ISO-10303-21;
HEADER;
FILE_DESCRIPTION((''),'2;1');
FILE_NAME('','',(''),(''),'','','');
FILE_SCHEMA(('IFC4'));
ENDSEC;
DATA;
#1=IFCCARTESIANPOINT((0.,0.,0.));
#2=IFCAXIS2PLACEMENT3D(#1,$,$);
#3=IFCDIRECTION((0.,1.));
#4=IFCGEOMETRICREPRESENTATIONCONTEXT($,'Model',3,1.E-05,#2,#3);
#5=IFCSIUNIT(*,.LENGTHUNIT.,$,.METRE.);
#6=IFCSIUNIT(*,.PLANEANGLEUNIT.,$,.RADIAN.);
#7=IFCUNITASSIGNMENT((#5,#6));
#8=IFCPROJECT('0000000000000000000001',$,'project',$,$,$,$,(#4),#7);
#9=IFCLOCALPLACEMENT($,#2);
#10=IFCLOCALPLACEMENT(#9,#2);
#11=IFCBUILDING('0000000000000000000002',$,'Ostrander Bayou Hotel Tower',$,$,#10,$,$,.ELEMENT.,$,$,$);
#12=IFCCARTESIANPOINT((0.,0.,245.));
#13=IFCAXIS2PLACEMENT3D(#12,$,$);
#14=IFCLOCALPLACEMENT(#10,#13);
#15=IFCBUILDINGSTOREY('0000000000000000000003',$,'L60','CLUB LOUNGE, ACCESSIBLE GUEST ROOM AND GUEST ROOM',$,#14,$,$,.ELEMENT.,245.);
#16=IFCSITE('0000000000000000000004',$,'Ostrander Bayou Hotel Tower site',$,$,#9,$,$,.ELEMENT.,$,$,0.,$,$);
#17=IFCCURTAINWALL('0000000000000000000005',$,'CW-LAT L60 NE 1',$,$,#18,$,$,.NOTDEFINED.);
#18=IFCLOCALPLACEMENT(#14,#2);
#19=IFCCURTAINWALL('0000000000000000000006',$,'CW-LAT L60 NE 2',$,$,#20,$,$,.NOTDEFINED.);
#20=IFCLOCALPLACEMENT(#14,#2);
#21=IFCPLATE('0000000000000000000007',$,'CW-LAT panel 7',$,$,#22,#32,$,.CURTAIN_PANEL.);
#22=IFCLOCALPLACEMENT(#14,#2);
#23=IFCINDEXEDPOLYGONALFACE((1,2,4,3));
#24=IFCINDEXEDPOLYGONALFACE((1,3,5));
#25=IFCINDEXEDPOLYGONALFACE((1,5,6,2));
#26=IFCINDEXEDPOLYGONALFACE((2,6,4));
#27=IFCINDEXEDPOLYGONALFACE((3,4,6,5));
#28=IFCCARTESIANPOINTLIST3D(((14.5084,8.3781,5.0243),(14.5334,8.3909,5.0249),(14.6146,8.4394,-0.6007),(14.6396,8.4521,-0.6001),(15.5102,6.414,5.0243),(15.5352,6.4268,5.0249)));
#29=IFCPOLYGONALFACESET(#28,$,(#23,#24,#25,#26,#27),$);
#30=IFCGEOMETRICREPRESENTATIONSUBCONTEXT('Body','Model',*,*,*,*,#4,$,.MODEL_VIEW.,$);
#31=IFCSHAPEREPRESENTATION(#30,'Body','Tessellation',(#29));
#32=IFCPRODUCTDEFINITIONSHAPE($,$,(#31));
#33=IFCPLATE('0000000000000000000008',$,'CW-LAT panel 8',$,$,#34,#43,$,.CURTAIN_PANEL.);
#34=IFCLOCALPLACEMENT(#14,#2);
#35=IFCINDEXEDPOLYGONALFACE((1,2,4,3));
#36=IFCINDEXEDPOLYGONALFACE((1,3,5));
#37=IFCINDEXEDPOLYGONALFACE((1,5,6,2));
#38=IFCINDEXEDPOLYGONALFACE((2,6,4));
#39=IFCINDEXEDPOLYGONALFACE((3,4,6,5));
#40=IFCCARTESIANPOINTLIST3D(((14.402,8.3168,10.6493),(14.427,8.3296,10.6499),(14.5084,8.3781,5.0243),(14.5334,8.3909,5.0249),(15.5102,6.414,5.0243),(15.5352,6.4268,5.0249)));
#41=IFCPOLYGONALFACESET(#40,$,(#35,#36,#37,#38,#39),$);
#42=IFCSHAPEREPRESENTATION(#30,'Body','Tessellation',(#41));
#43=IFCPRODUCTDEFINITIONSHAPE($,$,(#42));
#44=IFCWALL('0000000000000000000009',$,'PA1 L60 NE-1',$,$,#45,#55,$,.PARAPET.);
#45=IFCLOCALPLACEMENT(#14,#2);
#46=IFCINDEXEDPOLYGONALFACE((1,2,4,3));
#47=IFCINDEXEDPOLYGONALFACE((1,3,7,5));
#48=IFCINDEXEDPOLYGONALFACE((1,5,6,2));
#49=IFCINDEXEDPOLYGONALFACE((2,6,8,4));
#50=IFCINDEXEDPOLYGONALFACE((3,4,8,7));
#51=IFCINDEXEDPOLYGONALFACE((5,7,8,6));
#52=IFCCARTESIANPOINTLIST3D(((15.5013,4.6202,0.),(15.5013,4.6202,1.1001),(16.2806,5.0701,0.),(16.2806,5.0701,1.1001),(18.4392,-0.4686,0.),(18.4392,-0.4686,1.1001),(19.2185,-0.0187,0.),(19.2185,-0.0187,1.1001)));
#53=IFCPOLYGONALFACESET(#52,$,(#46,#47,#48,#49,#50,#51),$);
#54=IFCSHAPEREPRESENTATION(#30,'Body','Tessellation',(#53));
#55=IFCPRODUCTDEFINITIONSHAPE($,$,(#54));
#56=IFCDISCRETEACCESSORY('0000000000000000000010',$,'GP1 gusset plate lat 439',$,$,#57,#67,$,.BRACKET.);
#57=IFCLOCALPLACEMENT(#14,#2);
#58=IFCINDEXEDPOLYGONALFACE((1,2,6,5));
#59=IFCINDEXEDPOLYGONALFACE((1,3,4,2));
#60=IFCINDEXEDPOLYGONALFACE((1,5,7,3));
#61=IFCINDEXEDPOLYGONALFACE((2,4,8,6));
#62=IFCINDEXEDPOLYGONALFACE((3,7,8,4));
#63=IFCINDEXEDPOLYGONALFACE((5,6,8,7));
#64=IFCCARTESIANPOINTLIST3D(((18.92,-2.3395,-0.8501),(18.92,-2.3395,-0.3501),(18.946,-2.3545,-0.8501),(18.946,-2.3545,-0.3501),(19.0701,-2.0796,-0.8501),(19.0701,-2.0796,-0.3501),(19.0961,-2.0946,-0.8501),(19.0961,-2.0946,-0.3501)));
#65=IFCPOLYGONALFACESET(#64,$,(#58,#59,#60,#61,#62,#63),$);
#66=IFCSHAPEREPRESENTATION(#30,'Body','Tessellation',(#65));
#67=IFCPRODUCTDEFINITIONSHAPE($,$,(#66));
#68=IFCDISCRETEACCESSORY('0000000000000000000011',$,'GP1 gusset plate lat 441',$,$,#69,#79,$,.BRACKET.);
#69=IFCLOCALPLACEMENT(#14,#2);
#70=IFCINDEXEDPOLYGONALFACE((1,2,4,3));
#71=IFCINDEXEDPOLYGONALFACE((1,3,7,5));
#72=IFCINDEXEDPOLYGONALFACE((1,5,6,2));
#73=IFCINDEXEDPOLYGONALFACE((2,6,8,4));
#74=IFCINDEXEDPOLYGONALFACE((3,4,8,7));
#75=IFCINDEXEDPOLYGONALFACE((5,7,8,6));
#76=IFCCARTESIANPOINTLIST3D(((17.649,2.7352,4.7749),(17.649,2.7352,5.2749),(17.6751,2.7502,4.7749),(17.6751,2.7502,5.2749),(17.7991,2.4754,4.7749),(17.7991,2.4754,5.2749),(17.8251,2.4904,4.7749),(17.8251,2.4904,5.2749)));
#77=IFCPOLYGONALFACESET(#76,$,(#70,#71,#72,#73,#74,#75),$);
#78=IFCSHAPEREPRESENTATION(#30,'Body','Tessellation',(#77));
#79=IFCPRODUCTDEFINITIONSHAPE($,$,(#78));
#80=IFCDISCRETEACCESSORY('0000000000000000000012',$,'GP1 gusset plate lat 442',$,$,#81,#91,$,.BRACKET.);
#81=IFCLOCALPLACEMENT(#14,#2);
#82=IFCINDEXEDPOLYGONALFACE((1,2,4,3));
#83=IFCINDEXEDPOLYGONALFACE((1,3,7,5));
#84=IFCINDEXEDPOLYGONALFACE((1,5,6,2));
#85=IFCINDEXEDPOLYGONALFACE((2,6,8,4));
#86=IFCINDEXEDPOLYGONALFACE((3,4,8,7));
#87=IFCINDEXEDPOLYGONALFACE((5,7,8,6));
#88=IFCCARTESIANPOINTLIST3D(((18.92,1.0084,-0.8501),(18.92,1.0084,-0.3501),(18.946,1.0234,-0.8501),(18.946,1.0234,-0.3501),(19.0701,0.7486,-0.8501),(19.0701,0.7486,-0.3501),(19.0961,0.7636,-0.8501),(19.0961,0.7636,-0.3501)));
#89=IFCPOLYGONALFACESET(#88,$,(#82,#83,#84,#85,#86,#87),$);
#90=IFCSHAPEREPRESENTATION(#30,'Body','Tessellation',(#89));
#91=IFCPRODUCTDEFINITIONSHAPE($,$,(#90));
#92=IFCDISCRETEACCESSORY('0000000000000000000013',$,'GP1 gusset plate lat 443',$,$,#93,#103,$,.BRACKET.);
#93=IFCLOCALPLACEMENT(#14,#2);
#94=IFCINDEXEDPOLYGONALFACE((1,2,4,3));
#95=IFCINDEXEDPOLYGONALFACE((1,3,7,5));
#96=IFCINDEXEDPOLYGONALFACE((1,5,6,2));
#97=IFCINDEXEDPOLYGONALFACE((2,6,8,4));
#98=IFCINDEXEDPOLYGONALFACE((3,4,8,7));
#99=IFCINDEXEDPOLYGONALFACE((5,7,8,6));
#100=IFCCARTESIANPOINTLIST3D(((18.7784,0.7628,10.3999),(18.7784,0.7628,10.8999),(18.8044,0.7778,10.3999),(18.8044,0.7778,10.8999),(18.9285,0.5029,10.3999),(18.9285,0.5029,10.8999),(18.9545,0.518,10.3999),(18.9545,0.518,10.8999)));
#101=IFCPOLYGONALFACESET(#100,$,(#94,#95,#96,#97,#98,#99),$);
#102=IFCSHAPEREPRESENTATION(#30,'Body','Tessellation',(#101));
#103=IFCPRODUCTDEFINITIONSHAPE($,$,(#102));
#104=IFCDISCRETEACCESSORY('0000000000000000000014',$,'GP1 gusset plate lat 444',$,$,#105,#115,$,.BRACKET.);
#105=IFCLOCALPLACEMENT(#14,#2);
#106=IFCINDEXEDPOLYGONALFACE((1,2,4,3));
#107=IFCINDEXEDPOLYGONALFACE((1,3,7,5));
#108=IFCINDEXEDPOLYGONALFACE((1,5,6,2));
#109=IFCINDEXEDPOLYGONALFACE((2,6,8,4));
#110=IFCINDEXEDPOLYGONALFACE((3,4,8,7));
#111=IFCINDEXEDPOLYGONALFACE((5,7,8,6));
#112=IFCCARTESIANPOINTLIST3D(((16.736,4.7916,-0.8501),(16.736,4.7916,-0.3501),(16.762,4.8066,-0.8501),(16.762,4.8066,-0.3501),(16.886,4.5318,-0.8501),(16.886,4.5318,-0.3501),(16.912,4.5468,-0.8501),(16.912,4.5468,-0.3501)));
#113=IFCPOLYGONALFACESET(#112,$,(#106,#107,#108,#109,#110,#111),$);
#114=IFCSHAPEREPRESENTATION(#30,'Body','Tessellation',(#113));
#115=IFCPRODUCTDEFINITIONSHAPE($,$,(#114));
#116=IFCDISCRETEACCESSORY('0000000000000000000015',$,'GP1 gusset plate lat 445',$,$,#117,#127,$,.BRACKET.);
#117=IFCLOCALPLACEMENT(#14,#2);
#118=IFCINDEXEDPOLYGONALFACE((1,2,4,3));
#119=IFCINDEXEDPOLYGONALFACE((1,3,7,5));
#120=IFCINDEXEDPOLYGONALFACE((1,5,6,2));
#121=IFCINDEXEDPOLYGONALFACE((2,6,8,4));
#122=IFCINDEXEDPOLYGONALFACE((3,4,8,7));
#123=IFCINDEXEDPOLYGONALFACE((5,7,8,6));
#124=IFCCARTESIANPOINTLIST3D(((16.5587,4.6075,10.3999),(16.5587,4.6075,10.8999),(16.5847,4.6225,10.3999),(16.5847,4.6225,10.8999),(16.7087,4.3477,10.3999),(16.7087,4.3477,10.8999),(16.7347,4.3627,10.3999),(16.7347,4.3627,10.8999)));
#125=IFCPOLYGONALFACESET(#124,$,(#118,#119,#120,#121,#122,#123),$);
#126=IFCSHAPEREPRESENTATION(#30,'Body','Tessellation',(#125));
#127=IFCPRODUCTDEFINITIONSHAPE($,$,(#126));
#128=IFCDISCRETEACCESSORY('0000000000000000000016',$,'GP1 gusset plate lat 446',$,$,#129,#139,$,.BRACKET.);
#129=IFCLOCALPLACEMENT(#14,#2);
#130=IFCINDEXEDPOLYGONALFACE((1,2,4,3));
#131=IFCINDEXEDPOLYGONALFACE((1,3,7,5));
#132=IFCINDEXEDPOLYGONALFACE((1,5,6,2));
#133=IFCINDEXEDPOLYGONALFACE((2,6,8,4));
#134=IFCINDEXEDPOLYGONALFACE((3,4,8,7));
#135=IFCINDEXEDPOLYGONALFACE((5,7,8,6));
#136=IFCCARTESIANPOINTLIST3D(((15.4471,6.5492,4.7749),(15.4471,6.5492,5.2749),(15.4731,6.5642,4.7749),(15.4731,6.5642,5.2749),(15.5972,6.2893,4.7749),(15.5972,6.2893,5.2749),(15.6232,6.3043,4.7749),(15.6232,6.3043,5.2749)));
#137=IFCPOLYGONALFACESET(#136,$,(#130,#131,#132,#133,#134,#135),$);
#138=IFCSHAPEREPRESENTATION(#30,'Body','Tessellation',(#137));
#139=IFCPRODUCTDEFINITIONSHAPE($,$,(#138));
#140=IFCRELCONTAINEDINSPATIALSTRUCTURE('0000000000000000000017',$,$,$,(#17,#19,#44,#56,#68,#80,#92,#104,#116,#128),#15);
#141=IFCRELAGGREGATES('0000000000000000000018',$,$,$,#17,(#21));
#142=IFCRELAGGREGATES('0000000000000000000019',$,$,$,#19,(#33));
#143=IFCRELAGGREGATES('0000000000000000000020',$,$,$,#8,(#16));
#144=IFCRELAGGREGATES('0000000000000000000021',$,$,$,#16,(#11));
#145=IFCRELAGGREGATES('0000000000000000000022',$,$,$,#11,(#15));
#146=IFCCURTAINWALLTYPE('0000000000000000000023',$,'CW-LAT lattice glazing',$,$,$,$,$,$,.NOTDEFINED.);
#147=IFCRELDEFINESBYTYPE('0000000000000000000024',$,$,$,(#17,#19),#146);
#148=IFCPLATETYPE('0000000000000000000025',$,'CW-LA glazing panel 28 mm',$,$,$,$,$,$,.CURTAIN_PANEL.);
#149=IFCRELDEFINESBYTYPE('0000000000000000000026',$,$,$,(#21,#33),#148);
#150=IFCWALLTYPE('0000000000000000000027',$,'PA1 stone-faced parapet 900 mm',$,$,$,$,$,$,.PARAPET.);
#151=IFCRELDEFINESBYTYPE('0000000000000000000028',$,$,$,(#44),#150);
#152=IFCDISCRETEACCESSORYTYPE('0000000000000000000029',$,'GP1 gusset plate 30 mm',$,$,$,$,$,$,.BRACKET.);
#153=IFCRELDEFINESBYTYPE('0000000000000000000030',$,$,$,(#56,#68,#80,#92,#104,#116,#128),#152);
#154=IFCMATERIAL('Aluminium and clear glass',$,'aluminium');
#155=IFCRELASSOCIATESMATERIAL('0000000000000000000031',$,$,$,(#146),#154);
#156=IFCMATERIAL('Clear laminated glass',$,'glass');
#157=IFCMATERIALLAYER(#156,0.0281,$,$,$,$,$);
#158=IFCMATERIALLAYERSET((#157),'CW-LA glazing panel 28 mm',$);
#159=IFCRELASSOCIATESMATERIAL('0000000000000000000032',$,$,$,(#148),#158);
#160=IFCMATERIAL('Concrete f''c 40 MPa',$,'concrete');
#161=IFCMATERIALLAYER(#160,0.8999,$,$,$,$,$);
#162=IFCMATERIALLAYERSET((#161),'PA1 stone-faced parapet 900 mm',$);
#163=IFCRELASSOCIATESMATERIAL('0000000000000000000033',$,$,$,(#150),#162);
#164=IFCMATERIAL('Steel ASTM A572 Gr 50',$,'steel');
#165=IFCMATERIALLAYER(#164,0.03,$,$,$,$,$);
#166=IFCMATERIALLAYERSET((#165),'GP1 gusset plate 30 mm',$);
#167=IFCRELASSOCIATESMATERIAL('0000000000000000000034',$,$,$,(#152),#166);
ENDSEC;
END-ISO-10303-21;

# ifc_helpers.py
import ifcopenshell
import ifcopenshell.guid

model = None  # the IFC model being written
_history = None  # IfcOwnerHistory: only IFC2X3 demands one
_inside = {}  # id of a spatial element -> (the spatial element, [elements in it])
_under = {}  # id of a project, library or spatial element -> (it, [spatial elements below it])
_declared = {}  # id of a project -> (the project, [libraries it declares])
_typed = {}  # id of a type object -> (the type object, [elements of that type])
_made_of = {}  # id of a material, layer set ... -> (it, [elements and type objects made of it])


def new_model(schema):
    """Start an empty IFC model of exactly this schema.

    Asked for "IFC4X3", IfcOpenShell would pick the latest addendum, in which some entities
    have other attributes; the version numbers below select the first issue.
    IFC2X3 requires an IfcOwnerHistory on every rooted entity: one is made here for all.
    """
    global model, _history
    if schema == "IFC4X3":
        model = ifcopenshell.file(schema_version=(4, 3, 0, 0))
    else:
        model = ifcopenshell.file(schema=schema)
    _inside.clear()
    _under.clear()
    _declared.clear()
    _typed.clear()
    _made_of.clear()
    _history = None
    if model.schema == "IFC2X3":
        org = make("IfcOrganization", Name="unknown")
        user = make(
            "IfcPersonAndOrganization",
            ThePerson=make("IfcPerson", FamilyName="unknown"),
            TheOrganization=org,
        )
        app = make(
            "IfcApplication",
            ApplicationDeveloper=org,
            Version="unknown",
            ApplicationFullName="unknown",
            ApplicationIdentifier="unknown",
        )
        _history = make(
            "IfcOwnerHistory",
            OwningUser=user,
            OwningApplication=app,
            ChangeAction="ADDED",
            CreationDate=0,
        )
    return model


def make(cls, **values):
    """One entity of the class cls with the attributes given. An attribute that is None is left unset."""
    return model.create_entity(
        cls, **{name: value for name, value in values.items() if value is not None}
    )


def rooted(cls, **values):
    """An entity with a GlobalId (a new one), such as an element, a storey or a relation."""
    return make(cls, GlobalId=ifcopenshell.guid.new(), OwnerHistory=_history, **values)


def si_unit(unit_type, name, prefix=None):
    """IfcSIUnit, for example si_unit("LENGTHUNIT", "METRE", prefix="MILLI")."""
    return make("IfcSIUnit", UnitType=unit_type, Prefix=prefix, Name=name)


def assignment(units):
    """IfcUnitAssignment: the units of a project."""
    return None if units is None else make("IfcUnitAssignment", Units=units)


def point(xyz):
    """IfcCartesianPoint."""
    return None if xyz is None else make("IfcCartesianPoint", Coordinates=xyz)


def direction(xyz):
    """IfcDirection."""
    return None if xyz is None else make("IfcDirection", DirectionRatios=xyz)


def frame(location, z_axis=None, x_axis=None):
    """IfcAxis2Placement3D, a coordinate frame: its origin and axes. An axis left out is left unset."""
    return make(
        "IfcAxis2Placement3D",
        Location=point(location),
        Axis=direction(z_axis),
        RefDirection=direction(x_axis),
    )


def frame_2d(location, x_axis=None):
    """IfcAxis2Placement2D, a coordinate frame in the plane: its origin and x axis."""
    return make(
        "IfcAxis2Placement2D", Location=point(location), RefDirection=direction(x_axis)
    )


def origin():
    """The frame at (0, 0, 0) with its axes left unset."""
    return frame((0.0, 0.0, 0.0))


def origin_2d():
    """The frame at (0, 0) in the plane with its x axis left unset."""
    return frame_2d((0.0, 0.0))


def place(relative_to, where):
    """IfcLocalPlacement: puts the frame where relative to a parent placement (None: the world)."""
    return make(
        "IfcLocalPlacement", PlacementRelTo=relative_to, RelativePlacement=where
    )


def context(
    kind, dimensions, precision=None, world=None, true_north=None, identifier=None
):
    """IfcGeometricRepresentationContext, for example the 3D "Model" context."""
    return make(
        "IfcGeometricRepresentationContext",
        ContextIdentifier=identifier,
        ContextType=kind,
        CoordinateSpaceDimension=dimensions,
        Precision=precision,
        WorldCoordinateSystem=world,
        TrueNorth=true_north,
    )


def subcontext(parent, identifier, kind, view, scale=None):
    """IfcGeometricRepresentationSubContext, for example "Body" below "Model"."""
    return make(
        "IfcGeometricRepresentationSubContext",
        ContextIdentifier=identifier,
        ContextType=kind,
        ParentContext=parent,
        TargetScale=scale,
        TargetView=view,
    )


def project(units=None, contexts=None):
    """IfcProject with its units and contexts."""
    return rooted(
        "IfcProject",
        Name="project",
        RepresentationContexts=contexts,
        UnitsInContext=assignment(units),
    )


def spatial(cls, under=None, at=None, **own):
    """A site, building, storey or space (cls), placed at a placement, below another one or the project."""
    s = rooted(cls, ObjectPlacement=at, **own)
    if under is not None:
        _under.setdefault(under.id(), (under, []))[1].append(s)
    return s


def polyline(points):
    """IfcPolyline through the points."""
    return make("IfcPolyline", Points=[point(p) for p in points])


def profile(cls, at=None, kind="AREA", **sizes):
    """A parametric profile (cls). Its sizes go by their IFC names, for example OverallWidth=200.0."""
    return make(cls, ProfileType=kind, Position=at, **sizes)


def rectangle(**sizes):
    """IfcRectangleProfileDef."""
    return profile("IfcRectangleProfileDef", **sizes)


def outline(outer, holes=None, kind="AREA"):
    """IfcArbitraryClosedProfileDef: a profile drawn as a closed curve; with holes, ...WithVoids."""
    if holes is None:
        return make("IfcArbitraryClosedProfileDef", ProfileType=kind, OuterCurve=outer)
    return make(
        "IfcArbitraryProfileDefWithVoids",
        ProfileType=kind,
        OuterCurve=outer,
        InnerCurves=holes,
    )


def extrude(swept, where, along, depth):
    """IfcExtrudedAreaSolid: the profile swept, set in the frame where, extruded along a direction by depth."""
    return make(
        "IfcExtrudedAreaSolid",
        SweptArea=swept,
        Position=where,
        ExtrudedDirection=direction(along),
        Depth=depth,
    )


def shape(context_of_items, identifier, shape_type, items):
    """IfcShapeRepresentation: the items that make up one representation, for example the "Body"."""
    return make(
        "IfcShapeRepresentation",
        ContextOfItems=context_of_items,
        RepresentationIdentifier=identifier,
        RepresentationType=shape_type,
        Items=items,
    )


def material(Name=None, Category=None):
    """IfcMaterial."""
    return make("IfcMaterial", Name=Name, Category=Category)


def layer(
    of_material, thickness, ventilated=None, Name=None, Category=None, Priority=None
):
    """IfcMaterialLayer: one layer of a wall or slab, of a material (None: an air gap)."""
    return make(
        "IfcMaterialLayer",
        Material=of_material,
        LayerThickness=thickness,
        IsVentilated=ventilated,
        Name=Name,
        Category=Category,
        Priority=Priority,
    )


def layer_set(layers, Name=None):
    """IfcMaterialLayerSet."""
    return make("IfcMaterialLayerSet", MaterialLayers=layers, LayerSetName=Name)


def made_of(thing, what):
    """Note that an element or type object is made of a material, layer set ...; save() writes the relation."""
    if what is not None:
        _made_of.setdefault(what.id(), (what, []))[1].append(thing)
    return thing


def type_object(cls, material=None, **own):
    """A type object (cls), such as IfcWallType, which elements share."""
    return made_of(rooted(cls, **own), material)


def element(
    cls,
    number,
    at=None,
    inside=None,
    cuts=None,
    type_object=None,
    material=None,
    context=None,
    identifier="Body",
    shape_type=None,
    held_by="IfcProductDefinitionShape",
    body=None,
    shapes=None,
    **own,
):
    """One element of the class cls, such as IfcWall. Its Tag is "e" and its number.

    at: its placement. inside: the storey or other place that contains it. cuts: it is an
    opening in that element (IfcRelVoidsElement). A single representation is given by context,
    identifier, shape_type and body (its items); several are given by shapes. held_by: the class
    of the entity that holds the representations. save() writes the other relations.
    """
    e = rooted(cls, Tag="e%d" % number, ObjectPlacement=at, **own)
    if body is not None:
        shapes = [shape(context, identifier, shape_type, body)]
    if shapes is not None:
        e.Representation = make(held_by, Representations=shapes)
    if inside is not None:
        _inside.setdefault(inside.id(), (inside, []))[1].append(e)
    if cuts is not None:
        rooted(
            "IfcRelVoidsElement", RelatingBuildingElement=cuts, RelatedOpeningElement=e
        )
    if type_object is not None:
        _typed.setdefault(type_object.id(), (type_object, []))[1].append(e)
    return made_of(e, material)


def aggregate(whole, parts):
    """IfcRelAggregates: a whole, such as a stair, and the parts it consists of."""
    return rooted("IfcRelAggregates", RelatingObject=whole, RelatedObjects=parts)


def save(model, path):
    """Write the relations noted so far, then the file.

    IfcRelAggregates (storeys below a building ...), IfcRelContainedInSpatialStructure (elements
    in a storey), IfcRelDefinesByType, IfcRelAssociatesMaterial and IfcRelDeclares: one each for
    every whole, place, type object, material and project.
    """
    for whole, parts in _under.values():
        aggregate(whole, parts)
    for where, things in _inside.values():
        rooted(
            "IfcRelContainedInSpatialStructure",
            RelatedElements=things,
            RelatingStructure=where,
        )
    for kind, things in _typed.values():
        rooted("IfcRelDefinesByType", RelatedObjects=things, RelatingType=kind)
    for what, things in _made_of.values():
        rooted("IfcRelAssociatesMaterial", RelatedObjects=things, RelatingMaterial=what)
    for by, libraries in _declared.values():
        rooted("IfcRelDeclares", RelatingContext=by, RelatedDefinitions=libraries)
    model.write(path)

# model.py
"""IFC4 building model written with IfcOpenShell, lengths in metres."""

from ifc_helpers import new_model, si_unit, direction, frame, frame_2d, origin, origin_2d, place, context, subcontext, project, spatial, polyline, rectangle, outline, extrude, material, layer, layer_set, type_object, element, aggregate, save


model = new_model("IFC4")

# Units and contexts
model_context = context("Model", 3, precision=1e-05, world=origin(), true_north=direction((0.0, 1.0)))
body_context = subcontext(model_context, "Body", "Model", "MODEL_VIEW")
ifc_project = project(units=[si_unit("LENGTHUNIT", "METRE"), si_unit("PLANEANGLEUNIT", "RADIAN")], contexts=[model_context])

# Site, building, storey
site_placement = place(None, origin())
site = spatial("IfcSite", under=ifc_project, at=site_placement, Name="Ostrander Bayou Hotel Tower site", CompositionType="ELEMENT", RefElevation=0.0)
building_placement = place(site_placement, origin())
building = spatial("IfcBuilding", under=site, at=building_placement, Name="Ostrander Bayou Hotel Tower", CompositionType="ELEMENT")
storey_placement = place(building_placement, frame((0.0, 0.0, 245.0)))
storey = spatial("IfcBuildingStorey", under=building, at=storey_placement, Name="L60", Description="CLUB LOUNGE, ACCESSIBLE GUEST ROOM AND GUEST ROOM", CompositionType="ELEMENT", Elevation=245.0)

# Curtain walls
ifc_material_1 = material(Name="Aluminium and clear glass", Category="aluminium")
curtain_wall_type = type_object("IfcCurtainWallType", Name="CW-LAT lattice glazing", PredefinedType="NOTDEFINED", material=ifc_material_1)
curtain_wall_1_placement = place(storey_placement, origin())
curtain_wall_1 = element("IfcCurtainWall", 1, at=curtain_wall_1_placement, inside=storey, type_object=curtain_wall_type, Name="CW-LAT L60 NE 1", PredefinedType="NOTDEFINED")
curtain_wall_2_placement = place(storey_placement, origin())
curtain_wall_2 = element("IfcCurtainWall", 2, at=curtain_wall_2_placement, inside=storey, type_object=curtain_wall_type, Name="CW-LAT L60 NE 2", PredefinedType="NOTDEFINED")

# Shared definitions
ifc_material_2 = material(Name="Clear laminated glass", Category="glass")
ifc_layer_1 = layer(ifc_material_2, 0.0281)
ifc_layer_set_1 = layer_set([ifc_layer_1], Name="CW-LA glazing panel 28 mm")
plate_type = type_object("IfcPlateType", Name="CW-LA glazing panel 28 mm", PredefinedType="CURTAIN_PANEL", material=ifc_layer_set_1)

# Plates
plate_1_placement = place(storey_placement, frame((15.5352, 6.4268, 5.0249), z_axis=(0.890622, 0.454223, 0.021763), x_axis=(-0.148135, 0.33504, -0.930486)))
plate_1 = element("IfcPlate", 3, at=plate_1_placement, type_object=plate_type, Name="CW-LAT panel 7", PredefinedType="CURTAIN_PANEL", context=body_context, shape_type="SweptSolid", body=[
    extrude(outline(polyline([(0.0, 0.0), (6.0452, 0.0), (0.8064, 2.052), (0.0, 0.0)])), origin(), (0.0, 0.0, -1.0), 0.0281),
])
aggregate(curtain_wall_1, [plate_1])
plate_2_placement = place(storey_placement, frame((15.5352, 6.4268, 5.0249), z_axis=(0.890621, 0.454222, 0.021802), x_axis=(-0.18345, 0.315005, 0.931192)))
plate_2 = element("IfcPlate", 4, at=plate_2_placement, type_object=plate_type, Name="CW-LAT panel 8", PredefinedType="CURTAIN_PANEL", context=body_context, shape_type="SweptSolid", body=[
    extrude(outline(polyline([(0.0, 0.0), (6.0406, 0.0), (0.8025, -2.0536), (0.0, 0.0)])), origin(), (0.0, 0.0, -1.0), 0.0281),
])
aggregate(curtain_wall_2, [plate_2])

# Wall
ifc_material_3 = material(Name="Concrete f'c 40 MPa", Category="concrete")
ifc_layer_2 = layer(ifc_material_3, 0.8999)
ifc_layer_set_2 = layer_set([ifc_layer_2], Name="PA1 stone-faced parapet 900 mm")
wall_type = type_object("IfcWallType", Name="PA1 stone-faced parapet 900 mm", PredefinedType="PARAPET", material=ifc_layer_set_2)
wall_placement = place(storey_placement, frame((18.8289, -0.2437, 0.0), z_axis=(0.0, 0.0, 1.0), x_axis=(-0.499991, 0.866031, 0.0)))
element("IfcWall", 5, at=wall_placement, inside=storey, type_object=wall_type, Name="PA1 L60 NE-1", PredefinedType="PARAPET", context=body_context, shape_type="SweptSolid", body=[
    extrude(rectangle(XDim=5.876, YDim=0.8999, at=frame_2d((2.938, 0.0))), origin(), (0.0, 0.0, 1.0), 1.1001),
])

# Discrete accessories
ifc_material_4 = material(Name="Steel ASTM A572 Gr 50", Category="steel")
ifc_layer_3 = layer(ifc_material_4, 0.03)
ifc_layer_set_3 = layer_set([ifc_layer_3], Name="GP1 gusset plate 30 mm")
discrete_accessory_type = type_object("IfcDiscreteAccessoryType", Name="GP1 gusset plate 30 mm", PredefinedType="BRACKET", material=ifc_layer_set_3)
for number, where, z_axis, x_axis, name in (
    (6, (19.0081, -2.217, -0.8501), (0.0, 0.0, 1.0), (0.5, 0.866025, 0.0), "GP1 gusset plate lat 439"),
    (7, (17.7371, 2.6128, 4.7749), (0.0, 0.0, 1.0), (-0.5, 0.866025, 0.0), "GP1 gusset plate lat 441"),
    (8, (19.0081, 0.886, -0.8501), (0.0, 0.0, 1.0), (-0.5, 0.866025, 0.0), "GP1 gusset plate lat 442"),
    (9, (18.8665, 0.6404, 10.3999), (0.0, 0.0, 1.0), (-0.5, 0.866025, 0.0), "GP1 gusset plate lat 443"),
    (10, (16.824, 4.6692, -0.8501), (0.0, 0.0, 1.0), (-0.5, 0.866025, 0.0), "GP1 gusset plate lat 444"),
    (11, (16.6467, 4.4851, 10.3999), (0.0, 0.0, 1.0), (-0.5, 0.866025, 0.0), "GP1 gusset plate lat 445"),
    (12, (15.5352, 6.4268, 4.7749), (0.0, 0.0, 1.0), (-0.5, 0.866025, 0.0), "GP1 gusset plate lat 446"),
):
    element("IfcDiscreteAccessory", number, at=place(storey_placement, frame(where, z_axis=z_axis, x_axis=x_axis)), inside=storey, type_object=discrete_accessory_type, Name=name, PredefinedType="BRACKET", context=body_context, shape_type="SweptSolid", body=[
        extrude(rectangle(XDim=0.3, YDim=0.03, at=origin_2d()), origin(), (0.0, 0.0, 1.0), 0.5),
    ])

save(model, "model.ifc")
